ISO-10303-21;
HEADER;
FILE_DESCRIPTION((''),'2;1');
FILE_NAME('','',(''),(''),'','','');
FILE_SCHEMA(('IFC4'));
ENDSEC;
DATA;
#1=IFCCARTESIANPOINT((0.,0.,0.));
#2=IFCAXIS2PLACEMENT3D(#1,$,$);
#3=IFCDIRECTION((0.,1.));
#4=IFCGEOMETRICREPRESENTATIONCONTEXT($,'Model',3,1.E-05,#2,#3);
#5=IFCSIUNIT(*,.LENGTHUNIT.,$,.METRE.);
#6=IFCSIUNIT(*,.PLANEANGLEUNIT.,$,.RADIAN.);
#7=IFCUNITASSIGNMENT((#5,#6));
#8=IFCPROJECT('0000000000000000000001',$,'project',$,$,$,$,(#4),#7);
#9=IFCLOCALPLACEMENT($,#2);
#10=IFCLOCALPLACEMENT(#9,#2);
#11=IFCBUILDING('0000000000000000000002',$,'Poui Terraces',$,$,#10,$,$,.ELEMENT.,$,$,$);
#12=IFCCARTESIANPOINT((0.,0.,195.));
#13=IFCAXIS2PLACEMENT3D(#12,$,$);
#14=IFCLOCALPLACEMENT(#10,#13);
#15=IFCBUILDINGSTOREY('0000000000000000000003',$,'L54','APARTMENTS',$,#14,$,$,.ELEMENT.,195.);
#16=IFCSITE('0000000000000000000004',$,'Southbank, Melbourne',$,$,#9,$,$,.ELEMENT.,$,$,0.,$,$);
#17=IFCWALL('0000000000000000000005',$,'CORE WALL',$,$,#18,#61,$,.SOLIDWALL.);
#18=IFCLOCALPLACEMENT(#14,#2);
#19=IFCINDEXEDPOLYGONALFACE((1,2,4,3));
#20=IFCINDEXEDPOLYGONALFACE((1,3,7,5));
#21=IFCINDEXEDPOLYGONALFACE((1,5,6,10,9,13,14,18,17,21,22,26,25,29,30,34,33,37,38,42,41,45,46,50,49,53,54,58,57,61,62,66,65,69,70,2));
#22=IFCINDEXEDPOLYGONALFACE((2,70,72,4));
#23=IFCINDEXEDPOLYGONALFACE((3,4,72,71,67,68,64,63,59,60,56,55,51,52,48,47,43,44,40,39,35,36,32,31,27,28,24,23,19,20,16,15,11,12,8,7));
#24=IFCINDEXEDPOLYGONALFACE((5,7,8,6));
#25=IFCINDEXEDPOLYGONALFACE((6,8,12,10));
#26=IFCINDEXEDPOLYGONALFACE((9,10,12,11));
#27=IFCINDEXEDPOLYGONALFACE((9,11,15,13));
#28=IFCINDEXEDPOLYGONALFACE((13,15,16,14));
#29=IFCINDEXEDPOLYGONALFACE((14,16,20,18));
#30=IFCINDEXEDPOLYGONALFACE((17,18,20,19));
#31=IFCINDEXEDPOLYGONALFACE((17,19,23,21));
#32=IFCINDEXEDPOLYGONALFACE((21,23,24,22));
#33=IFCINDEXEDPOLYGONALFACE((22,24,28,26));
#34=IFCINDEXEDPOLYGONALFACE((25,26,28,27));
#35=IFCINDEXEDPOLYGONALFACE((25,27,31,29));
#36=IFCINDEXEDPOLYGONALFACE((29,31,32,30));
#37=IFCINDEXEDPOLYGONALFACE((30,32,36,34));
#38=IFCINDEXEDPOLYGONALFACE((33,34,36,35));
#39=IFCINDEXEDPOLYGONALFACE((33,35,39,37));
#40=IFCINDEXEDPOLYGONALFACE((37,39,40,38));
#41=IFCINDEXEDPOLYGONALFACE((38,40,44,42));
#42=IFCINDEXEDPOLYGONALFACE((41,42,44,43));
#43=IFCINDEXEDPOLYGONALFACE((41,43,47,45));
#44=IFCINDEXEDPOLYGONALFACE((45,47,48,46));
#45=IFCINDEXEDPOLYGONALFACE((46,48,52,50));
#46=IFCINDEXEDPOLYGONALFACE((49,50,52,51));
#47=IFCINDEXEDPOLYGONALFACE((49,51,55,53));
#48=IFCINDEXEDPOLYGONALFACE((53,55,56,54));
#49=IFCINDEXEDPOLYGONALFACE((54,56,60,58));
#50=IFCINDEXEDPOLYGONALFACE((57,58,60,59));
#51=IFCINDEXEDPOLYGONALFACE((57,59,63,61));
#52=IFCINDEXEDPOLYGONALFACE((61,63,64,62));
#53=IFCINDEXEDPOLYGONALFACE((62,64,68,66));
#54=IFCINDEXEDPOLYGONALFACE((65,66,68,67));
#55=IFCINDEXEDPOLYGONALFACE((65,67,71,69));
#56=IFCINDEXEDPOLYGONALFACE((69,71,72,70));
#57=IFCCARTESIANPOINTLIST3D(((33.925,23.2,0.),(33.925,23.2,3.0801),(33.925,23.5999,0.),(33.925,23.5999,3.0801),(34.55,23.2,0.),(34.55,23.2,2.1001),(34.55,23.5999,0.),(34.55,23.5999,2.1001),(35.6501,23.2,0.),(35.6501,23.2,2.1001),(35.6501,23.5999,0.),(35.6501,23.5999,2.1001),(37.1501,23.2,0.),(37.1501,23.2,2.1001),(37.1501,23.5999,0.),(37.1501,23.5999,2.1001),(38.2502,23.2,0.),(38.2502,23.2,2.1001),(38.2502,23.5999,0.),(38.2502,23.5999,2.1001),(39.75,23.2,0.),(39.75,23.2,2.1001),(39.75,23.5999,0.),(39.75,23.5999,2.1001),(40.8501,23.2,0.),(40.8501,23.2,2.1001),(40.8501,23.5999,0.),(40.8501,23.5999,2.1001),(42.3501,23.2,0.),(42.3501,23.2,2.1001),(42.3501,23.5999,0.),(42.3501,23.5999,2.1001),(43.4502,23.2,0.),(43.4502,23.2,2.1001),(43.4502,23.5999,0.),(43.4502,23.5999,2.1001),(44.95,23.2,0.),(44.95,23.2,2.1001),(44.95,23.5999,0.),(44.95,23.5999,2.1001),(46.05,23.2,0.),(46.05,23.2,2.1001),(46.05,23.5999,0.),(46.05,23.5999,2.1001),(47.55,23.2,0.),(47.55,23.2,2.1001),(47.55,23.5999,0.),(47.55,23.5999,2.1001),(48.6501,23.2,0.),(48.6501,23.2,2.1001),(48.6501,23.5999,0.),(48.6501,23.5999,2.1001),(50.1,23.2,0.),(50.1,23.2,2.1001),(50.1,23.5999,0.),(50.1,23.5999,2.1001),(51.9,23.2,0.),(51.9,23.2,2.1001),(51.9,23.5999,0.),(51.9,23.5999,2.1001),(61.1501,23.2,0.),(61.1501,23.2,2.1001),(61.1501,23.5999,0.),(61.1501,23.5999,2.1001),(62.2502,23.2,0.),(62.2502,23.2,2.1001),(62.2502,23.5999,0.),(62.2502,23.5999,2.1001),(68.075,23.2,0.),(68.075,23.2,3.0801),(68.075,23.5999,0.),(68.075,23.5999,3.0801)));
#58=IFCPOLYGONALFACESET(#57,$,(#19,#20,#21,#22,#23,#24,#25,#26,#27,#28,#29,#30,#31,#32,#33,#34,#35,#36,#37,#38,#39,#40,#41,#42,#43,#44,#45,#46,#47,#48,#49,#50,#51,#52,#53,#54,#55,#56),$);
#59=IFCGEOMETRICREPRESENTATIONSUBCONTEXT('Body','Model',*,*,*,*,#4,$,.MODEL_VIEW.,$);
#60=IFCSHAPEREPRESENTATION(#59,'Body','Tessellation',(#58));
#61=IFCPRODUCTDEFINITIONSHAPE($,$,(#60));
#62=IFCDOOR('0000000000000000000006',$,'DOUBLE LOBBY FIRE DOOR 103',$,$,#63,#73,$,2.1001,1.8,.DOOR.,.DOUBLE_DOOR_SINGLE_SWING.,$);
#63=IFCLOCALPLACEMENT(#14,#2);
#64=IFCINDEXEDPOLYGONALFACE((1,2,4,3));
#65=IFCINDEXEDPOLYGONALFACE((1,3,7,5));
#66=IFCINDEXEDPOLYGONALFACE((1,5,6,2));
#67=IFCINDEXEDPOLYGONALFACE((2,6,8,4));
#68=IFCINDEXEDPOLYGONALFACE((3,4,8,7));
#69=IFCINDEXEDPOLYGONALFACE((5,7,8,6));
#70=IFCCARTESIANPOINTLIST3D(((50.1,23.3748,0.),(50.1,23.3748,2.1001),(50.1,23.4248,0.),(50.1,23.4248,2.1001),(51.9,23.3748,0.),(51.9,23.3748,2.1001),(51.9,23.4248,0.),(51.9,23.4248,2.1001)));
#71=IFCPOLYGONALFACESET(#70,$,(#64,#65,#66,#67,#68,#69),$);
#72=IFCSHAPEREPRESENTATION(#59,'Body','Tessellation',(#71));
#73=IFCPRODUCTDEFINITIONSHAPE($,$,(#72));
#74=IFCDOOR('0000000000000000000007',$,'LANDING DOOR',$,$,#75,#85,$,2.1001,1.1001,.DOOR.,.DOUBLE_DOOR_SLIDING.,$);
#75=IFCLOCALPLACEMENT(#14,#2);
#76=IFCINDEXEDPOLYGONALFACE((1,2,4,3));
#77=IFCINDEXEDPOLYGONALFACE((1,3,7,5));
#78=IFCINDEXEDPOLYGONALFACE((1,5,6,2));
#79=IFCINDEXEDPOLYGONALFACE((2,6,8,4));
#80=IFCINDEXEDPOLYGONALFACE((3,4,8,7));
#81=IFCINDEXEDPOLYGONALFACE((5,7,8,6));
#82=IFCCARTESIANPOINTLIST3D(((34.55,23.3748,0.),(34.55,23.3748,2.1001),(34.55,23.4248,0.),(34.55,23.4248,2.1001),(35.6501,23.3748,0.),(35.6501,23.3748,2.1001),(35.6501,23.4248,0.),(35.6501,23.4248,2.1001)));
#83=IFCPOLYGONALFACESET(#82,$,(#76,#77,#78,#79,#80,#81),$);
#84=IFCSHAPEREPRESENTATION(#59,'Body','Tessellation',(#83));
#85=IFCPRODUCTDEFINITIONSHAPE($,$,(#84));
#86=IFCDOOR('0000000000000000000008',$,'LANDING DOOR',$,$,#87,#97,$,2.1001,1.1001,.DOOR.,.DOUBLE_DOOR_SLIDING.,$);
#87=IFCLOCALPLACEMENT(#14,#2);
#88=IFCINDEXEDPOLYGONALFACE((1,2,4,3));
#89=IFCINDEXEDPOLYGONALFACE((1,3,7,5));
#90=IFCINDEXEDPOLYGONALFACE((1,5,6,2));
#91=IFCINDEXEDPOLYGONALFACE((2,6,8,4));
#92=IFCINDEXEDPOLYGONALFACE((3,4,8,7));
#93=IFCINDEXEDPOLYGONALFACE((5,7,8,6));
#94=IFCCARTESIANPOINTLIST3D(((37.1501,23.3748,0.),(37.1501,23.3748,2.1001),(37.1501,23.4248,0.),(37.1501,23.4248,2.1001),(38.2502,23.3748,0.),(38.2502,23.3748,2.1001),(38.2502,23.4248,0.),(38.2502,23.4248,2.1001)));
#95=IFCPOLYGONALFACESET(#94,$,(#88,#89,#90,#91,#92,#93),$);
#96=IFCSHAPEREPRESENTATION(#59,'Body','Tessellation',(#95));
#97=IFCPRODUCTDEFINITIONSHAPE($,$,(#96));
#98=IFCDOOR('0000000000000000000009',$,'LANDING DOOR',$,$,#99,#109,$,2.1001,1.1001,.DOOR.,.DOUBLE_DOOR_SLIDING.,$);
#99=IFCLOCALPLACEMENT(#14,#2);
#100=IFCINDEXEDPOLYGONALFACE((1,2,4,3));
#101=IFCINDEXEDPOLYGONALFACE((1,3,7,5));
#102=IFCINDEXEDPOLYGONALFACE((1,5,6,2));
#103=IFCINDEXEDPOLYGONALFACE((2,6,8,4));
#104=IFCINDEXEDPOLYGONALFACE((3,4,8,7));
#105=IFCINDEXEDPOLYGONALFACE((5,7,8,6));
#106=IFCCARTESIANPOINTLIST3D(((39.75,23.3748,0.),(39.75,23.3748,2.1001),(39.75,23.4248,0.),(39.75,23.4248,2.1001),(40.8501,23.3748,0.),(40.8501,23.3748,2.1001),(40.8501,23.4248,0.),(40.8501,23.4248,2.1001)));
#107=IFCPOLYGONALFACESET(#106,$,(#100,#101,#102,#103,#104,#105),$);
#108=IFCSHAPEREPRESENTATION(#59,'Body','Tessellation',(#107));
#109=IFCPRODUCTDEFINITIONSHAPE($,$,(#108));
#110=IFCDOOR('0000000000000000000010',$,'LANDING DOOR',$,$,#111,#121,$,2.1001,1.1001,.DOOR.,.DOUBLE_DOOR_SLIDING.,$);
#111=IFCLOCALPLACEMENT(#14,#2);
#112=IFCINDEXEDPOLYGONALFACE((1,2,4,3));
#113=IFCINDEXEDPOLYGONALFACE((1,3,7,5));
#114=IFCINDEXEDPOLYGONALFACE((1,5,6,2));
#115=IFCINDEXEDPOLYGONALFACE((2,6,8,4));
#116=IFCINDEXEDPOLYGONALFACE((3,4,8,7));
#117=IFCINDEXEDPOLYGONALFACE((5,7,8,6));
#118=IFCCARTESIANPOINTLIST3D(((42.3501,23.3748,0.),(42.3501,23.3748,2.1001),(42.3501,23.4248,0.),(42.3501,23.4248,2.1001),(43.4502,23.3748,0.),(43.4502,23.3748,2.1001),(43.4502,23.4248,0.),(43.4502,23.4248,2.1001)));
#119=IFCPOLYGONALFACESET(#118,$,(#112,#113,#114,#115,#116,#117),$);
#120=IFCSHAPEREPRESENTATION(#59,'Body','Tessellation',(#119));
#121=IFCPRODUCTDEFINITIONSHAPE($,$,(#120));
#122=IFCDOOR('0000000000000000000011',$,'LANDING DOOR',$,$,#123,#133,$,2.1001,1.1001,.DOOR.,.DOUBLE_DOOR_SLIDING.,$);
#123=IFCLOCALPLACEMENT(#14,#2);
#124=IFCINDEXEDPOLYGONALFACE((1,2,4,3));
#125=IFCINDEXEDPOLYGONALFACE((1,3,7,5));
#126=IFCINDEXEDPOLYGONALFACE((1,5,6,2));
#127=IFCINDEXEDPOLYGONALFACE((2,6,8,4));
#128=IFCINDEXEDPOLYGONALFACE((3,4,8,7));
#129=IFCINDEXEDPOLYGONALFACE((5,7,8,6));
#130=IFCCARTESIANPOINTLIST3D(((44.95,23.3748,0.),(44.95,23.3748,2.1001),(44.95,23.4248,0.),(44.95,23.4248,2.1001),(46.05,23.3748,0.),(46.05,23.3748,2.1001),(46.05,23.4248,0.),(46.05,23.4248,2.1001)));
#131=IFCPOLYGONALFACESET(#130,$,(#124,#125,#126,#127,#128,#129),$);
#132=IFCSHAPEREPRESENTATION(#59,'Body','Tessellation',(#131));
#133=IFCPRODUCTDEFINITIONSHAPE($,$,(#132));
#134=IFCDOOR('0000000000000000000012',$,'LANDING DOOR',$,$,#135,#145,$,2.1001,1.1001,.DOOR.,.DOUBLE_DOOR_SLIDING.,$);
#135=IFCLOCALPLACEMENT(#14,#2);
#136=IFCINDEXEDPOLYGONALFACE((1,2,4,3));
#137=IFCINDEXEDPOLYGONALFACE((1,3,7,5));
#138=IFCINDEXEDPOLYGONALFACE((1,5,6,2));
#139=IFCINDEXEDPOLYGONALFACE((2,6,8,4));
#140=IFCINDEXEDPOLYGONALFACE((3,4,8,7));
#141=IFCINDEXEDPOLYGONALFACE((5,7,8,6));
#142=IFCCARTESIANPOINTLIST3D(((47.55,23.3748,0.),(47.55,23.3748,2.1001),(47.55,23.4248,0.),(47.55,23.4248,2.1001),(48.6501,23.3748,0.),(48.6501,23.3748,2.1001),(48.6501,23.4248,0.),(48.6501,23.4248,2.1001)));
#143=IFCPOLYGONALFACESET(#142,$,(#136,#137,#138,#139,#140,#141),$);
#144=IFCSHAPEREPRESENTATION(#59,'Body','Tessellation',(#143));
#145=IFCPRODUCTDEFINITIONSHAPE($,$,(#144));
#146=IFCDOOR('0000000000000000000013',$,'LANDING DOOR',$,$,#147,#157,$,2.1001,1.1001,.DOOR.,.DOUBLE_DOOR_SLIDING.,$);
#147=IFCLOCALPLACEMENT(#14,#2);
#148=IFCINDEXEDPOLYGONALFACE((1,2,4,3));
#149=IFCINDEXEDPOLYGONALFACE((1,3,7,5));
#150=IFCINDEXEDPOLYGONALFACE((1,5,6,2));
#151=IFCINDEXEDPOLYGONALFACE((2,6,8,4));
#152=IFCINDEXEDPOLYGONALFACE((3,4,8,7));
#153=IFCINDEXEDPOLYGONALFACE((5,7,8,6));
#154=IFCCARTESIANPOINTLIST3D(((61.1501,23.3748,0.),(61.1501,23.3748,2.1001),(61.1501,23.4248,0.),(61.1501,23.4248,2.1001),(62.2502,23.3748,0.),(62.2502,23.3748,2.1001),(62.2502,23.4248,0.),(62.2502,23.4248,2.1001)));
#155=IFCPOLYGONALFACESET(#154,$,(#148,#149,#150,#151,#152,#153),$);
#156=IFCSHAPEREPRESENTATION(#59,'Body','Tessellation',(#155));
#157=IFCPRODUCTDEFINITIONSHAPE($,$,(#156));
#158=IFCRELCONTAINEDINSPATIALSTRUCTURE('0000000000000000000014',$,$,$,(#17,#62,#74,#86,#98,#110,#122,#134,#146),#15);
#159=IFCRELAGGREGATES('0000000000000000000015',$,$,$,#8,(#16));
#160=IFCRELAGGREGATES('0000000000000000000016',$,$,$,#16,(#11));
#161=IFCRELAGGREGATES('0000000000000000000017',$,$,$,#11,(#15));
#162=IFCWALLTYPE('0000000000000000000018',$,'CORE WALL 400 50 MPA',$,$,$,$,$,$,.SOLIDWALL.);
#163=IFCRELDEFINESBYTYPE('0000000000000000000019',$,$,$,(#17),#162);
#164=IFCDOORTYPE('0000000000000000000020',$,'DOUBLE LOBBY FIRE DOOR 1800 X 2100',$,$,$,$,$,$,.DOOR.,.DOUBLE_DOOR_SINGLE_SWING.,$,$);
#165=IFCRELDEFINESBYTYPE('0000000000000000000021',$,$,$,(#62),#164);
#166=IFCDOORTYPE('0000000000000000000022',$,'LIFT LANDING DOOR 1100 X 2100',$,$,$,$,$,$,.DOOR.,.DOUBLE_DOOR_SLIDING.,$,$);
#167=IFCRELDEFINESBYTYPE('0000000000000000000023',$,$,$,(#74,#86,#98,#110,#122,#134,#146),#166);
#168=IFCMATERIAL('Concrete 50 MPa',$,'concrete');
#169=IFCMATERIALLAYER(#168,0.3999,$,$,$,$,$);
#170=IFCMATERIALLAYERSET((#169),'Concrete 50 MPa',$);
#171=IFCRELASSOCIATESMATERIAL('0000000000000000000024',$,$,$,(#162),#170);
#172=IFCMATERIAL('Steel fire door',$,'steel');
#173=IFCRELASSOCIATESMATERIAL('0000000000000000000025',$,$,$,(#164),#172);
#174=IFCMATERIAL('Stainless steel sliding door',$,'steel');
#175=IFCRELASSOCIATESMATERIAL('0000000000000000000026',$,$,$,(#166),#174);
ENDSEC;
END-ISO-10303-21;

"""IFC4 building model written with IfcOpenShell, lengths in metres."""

from ifc_helpers import new_model, si_unit, direction, frame, frame_2d, origin, place, context, subcontext, project, spatial, rectangle, extrude, material, layer, layer_set, type_object, element, fill, save


model = new_model("IFC4")

# Units and contexts
model_context = context("Model", 3, precision=1e-05, world=origin(), true_north=direction((0.0, 1.0)))
body_context = subcontext(model_context, "Body", "Model", "MODEL_VIEW")
ifc_project = project(units=[si_unit("LENGTHUNIT", "METRE"), si_unit("PLANEANGLEUNIT", "RADIAN")], contexts=[model_context])

# Site, building, storey
site_placement = place(None, origin())
site = spatial("IfcSite", under=ifc_project, at=site_placement, Name="Southbank, Melbourne", CompositionType="ELEMENT", RefElevation=0.0)
building_placement = place(site_placement, origin())
building = spatial("IfcBuilding", under=site, at=building_placement, Name="Poui Terraces", CompositionType="ELEMENT")
storey_placement = place(building_placement, frame((0.0, 0.0, 195.0)))
storey = spatial("IfcBuildingStorey", under=building, at=storey_placement, Name="L54", Description="APARTMENTS", CompositionType="ELEMENT", Elevation=195.0)

# Wall, openings, doors
ifc_material_1 = material(Name="Concrete 50 MPa", Category="concrete")
ifc_layer_1 = layer(ifc_material_1, 0.3999)
ifc_layer_set_1 = layer_set([ifc_layer_1], Name="Concrete 50 MPa")
wall_type_1 = type_object("IfcWallType", Name="CORE WALL 400 50 MPA", PredefinedType="SOLIDWALL", material=ifc_layer_set_1)
ifc_material_2 = material(Name="Steel fire door", Category="steel")
door_type_1 = type_object("IfcDoorType", Name="DOUBLE LOBBY FIRE DOOR 1800 X 2100", OperationType="DOUBLE_DOOR_SINGLE_SWING", PredefinedType="DOOR", material=ifc_material_2)
wall_1_placement = place(storey_placement, frame((33.925, 23.3999, 0.0), z_axis=(0.0, 0.0, 1.0), x_axis=(1.0, 0.0, 0.0)))
wall_1 = element("IfcWall", 1, at=wall_1_placement, inside=storey, type_object=wall_type_1, Name="CORE WALL", PredefinedType="SOLIDWALL", context=body_context, shape_type="SweptSolid", body=[
    extrude(rectangle(XDim=34.1499, YDim=0.3999, at=frame_2d((17.075, 0.0))), origin(), (0.0, 0.0, 1.0), 3.0801),
])
opening_1_placement = place(wall_1_placement, frame((16.175, 0.0, 0.0)))
opening_1 = element("IfcOpeningElement", 2, at=opening_1_placement, cuts=wall_1, PredefinedType="OPENING", context=body_context, shape_type="SweptSolid", body=[
    extrude(rectangle(XDim=1.8, YDim=2.1001, at=frame_2d((0.8999, 1.05))), frame((0.0, 0.21, 0.0), z_axis=(0.0, -1.0, 0.0), x_axis=(1.0, 0.0, 0.0)), (0.0, 0.0, 1.0), 0.4199),
])
opening_2_placement = place(wall_1_placement, frame((0.625, 0.0, 0.0)))
opening_2 = element("IfcOpeningElement", 3, at=opening_2_placement, cuts=wall_1, PredefinedType="OPENING", context=body_context, shape_type="SweptSolid", body=[
    extrude(rectangle(XDim=1.1001, YDim=2.1001, at=frame_2d((0.55, 1.05))), frame((0.0, 0.21, 0.0), z_axis=(0.0, -1.0, 0.0), x_axis=(1.0, 0.0, 0.0)), (0.0, 0.0, 1.0), 0.4199),
])
opening_3_placement = place(wall_1_placement, frame((3.2251, 0.0, 0.0)))
opening_3 = element("IfcOpeningElement", 4, at=opening_3_placement, cuts=wall_1, PredefinedType="OPENING", context=body_context, shape_type="SweptSolid", body=[
    extrude(rectangle(XDim=1.1001, YDim=2.1001, at=frame_2d((0.55, 1.05))), frame((0.0, 0.21, 0.0), z_axis=(0.0, -1.0, 0.0), x_axis=(1.0, 0.0, 0.0)), (0.0, 0.0, 1.0), 0.4199),
])
opening_4_placement = place(wall_1_placement, frame((5.825, 0.0, 0.0)))
opening_4 = element("IfcOpeningElement", 5, at=opening_4_placement, cuts=wall_1, PredefinedType="OPENING", context=body_context, shape_type="SweptSolid", body=[
    extrude(rectangle(XDim=1.1001, YDim=2.1001, at=frame_2d((0.55, 1.05))), frame((0.0, 0.21, 0.0), z_axis=(0.0, -1.0, 0.0), x_axis=(1.0, 0.0, 0.0)), (0.0, 0.0, 1.0), 0.4199),
])
opening_5_placement = place(wall_1_placement, frame((8.425, 0.0, 0.0)))
opening_5 = element("IfcOpeningElement", 6, at=opening_5_placement, cuts=wall_1, PredefinedType="OPENING", context=body_context, shape_type="SweptSolid", body=[
    extrude(rectangle(XDim=1.1001, YDim=2.1001, at=frame_2d((0.55, 1.05))), frame((0.0, 0.21, 0.0), z_axis=(0.0, -1.0, 0.0), x_axis=(1.0, 0.0, 0.0)), (0.0, 0.0, 1.0), 0.4199),
])
opening_6_placement = place(wall_1_placement, frame((11.0249, 0.0, 0.0)))
opening_6 = element("IfcOpeningElement", 7, at=opening_6_placement, cuts=wall_1, PredefinedType="OPENING", context=body_context, shape_type="SweptSolid", body=[
    extrude(rectangle(XDim=1.1001, YDim=2.1001, at=frame_2d((0.55, 1.05))), frame((0.0, 0.21, 0.0), z_axis=(0.0, -1.0, 0.0), x_axis=(1.0, 0.0, 0.0)), (0.0, 0.0, 1.0), 0.4199),
])
opening_7_placement = place(wall_1_placement, frame((13.625, 0.0, 0.0)))
opening_7 = element("IfcOpeningElement", 8, at=opening_7_placement, cuts=wall_1, PredefinedType="OPENING", context=body_context, shape_type="SweptSolid", body=[
    extrude(rectangle(XDim=1.1001, YDim=2.1001, at=frame_2d((0.55, 1.05))), frame((0.0, 0.21, 0.0), z_axis=(0.0, -1.0, 0.0), x_axis=(1.0, 0.0, 0.0)), (0.0, 0.0, 1.0), 0.4199),
])
opening_8_placement = place(wall_1_placement, frame((27.2251, 0.0, 0.0)))
opening_8 = element("IfcOpeningElement", 9, at=opening_8_placement, cuts=wall_1, PredefinedType="OPENING", context=body_context, shape_type="SweptSolid", body=[
    extrude(rectangle(XDim=1.1001, YDim=2.1001, at=frame_2d((0.55, 1.05))), frame((0.0, 0.21, 0.0), z_axis=(0.0, -1.0, 0.0), x_axis=(1.0, 0.0, 0.0)), (0.0, 0.0, 1.0), 0.4199),
])
door_1_placement = place(opening_1_placement, origin())
door_1 = element("IfcDoor", 10, at=door_1_placement, inside=storey, type_object=door_type_1, Name="DOUBLE LOBBY FIRE DOOR 103", OperationType="DOUBLE_DOOR_SINGLE_SWING", OverallHeight=2.1001, OverallWidth=1.8, PredefinedType="DOOR", context=body_context, shape_type="SweptSolid", body=[
    extrude(rectangle(XDim=1.8, YDim=2.1001, at=frame_2d((0.8999, 1.05))), frame((0.0, 0.0249, 0.0), z_axis=(0.0, -1.0, 0.0), x_axis=(1.0, 0.0, 0.0)), (0.0, 0.0, 1.0), 0.05),
])
fill(opening_1, door_1)
ifc_material_3 = material(Name="Stainless steel sliding door", Category="steel")
door_type_2 = type_object("IfcDoorType", Name="LIFT LANDING DOOR 1100 X 2100", OperationType="DOUBLE_DOOR_SLIDING", PredefinedType="DOOR", material=ifc_material_3)
door_2_placement = place(opening_2_placement, origin())
door_2 = element("IfcDoor", 11, at=door_2_placement, inside=storey, type_object=door_type_2, Name="LANDING DOOR", OperationType="DOUBLE_DOOR_SLIDING", OverallHeight=2.1001, OverallWidth=1.1001, PredefinedType="DOOR", context=body_context, shape_type="SweptSolid", body=[
    extrude(rectangle(XDim=1.1001, YDim=2.1001, at=frame_2d((0.55, 1.05))), frame((0.0, 0.0249, 0.0), z_axis=(0.0, -1.0, 0.0), x_axis=(1.0, 0.0, 0.0)), (0.0, 0.0, 1.0), 0.05),
])
fill(opening_2, door_2)
door_3_placement = place(opening_3_placement, origin())
door_3 = element("IfcDoor", 12, at=door_3_placement, inside=storey, type_object=door_type_2, Name="LANDING DOOR", OperationType="DOUBLE_DOOR_SLIDING", OverallHeight=2.1001, OverallWidth=1.1001, PredefinedType="DOOR", context=body_context, shape_type="SweptSolid", body=[
    extrude(rectangle(XDim=1.1001, YDim=2.1001, at=frame_2d((0.55, 1.05))), frame((0.0, 0.0249, 0.0), z_axis=(0.0, -1.0, 0.0), x_axis=(1.0, 0.0, 0.0)), (0.0, 0.0, 1.0), 0.05),
])
fill(opening_3, door_3)
door_4_placement = place(opening_4_placement, origin())
door_4 = element("IfcDoor", 13, at=door_4_placement, inside=storey, type_object=door_type_2, Name="LANDING DOOR", OperationType="DOUBLE_DOOR_SLIDING", OverallHeight=2.1001, OverallWidth=1.1001, PredefinedType="DOOR", context=body_context, shape_type="SweptSolid", body=[
    extrude(rectangle(XDim=1.1001, YDim=2.1001, at=frame_2d((0.55, 1.05))), frame((0.0, 0.0249, 0.0), z_axis=(0.0, -1.0, 0.0), x_axis=(1.0, 0.0, 0.0)), (0.0, 0.0, 1.0), 0.05),
])
fill(opening_4, door_4)
door_5_placement = place(opening_5_placement, origin())
door_5 = element("IfcDoor", 14, at=door_5_placement, inside=storey, type_object=door_type_2, Name="LANDING DOOR", OperationType="DOUBLE_DOOR_SLIDING", OverallHeight=2.1001, OverallWidth=1.1001, PredefinedType="DOOR", context=body_context, shape_type="SweptSolid", body=[
    extrude(rectangle(XDim=1.1001, YDim=2.1001, at=frame_2d((0.55, 1.05))), frame((0.0, 0.0249, 0.0), z_axis=(0.0, -1.0, 0.0), x_axis=(1.0, 0.0, 0.0)), (0.0, 0.0, 1.0), 0.05),
])
fill(opening_5, door_5)
door_6_placement = place(opening_6_placement, origin())
door_6 = element("IfcDoor", 15, at=door_6_placement, inside=storey, type_object=door_type_2, Name="LANDING DOOR", OperationType="DOUBLE_DOOR_SLIDING", OverallHeight=2.1001, OverallWidth=1.1001, PredefinedType="DOOR", context=body_context, shape_type="SweptSolid", body=[
    extrude(rectangle(XDim=1.1001, YDim=2.1001, at=frame_2d((0.55, 1.05))), frame((0.0, 0.0249, 0.0), z_axis=(0.0, -1.0, 0.0), x_axis=(1.0, 0.0, 0.0)), (0.0, 0.0, 1.0), 0.05),
])
fill(opening_6, door_6)
door_7_placement = place(opening_7_placement, origin())
door_7 = element("IfcDoor", 16, at=door_7_placement, inside=storey, type_object=door_type_2, Name="LANDING DOOR", OperationType="DOUBLE_DOOR_SLIDING", OverallHeight=2.1001, OverallWidth=1.1001, PredefinedType="DOOR", context=body_context, shape_type="SweptSolid", body=[
    extrude(rectangle(XDim=1.1001, YDim=2.1001, at=frame_2d((0.55, 1.05))), frame((0.0, 0.0249, 0.0), z_axis=(0.0, -1.0, 0.0), x_axis=(1.0, 0.0, 0.0)), (0.0, 0.0, 1.0), 0.05),
])
fill(opening_7, door_7)
door_8_placement = place(opening_8_placement, origin())
door_8 = element("IfcDoor", 17, at=door_8_placement, inside=storey, type_object=door_type_2, Name="LANDING DOOR", OperationType="DOUBLE_DOOR_SLIDING", OverallHeight=2.1001, OverallWidth=1.1001, PredefinedType="DOOR", context=body_context, shape_type="SweptSolid", body=[
    extrude(rectangle(XDim=1.1001, YDim=2.1001, at=frame_2d((0.55, 1.05))), frame((0.0, 0.0249, 0.0), z_axis=(0.0, -1.0, 0.0), x_axis=(1.0, 0.0, 0.0)), (0.0, 0.0, 1.0), 0.05),
])
fill(opening_8, door_8)

save(model, "model.ifc")
